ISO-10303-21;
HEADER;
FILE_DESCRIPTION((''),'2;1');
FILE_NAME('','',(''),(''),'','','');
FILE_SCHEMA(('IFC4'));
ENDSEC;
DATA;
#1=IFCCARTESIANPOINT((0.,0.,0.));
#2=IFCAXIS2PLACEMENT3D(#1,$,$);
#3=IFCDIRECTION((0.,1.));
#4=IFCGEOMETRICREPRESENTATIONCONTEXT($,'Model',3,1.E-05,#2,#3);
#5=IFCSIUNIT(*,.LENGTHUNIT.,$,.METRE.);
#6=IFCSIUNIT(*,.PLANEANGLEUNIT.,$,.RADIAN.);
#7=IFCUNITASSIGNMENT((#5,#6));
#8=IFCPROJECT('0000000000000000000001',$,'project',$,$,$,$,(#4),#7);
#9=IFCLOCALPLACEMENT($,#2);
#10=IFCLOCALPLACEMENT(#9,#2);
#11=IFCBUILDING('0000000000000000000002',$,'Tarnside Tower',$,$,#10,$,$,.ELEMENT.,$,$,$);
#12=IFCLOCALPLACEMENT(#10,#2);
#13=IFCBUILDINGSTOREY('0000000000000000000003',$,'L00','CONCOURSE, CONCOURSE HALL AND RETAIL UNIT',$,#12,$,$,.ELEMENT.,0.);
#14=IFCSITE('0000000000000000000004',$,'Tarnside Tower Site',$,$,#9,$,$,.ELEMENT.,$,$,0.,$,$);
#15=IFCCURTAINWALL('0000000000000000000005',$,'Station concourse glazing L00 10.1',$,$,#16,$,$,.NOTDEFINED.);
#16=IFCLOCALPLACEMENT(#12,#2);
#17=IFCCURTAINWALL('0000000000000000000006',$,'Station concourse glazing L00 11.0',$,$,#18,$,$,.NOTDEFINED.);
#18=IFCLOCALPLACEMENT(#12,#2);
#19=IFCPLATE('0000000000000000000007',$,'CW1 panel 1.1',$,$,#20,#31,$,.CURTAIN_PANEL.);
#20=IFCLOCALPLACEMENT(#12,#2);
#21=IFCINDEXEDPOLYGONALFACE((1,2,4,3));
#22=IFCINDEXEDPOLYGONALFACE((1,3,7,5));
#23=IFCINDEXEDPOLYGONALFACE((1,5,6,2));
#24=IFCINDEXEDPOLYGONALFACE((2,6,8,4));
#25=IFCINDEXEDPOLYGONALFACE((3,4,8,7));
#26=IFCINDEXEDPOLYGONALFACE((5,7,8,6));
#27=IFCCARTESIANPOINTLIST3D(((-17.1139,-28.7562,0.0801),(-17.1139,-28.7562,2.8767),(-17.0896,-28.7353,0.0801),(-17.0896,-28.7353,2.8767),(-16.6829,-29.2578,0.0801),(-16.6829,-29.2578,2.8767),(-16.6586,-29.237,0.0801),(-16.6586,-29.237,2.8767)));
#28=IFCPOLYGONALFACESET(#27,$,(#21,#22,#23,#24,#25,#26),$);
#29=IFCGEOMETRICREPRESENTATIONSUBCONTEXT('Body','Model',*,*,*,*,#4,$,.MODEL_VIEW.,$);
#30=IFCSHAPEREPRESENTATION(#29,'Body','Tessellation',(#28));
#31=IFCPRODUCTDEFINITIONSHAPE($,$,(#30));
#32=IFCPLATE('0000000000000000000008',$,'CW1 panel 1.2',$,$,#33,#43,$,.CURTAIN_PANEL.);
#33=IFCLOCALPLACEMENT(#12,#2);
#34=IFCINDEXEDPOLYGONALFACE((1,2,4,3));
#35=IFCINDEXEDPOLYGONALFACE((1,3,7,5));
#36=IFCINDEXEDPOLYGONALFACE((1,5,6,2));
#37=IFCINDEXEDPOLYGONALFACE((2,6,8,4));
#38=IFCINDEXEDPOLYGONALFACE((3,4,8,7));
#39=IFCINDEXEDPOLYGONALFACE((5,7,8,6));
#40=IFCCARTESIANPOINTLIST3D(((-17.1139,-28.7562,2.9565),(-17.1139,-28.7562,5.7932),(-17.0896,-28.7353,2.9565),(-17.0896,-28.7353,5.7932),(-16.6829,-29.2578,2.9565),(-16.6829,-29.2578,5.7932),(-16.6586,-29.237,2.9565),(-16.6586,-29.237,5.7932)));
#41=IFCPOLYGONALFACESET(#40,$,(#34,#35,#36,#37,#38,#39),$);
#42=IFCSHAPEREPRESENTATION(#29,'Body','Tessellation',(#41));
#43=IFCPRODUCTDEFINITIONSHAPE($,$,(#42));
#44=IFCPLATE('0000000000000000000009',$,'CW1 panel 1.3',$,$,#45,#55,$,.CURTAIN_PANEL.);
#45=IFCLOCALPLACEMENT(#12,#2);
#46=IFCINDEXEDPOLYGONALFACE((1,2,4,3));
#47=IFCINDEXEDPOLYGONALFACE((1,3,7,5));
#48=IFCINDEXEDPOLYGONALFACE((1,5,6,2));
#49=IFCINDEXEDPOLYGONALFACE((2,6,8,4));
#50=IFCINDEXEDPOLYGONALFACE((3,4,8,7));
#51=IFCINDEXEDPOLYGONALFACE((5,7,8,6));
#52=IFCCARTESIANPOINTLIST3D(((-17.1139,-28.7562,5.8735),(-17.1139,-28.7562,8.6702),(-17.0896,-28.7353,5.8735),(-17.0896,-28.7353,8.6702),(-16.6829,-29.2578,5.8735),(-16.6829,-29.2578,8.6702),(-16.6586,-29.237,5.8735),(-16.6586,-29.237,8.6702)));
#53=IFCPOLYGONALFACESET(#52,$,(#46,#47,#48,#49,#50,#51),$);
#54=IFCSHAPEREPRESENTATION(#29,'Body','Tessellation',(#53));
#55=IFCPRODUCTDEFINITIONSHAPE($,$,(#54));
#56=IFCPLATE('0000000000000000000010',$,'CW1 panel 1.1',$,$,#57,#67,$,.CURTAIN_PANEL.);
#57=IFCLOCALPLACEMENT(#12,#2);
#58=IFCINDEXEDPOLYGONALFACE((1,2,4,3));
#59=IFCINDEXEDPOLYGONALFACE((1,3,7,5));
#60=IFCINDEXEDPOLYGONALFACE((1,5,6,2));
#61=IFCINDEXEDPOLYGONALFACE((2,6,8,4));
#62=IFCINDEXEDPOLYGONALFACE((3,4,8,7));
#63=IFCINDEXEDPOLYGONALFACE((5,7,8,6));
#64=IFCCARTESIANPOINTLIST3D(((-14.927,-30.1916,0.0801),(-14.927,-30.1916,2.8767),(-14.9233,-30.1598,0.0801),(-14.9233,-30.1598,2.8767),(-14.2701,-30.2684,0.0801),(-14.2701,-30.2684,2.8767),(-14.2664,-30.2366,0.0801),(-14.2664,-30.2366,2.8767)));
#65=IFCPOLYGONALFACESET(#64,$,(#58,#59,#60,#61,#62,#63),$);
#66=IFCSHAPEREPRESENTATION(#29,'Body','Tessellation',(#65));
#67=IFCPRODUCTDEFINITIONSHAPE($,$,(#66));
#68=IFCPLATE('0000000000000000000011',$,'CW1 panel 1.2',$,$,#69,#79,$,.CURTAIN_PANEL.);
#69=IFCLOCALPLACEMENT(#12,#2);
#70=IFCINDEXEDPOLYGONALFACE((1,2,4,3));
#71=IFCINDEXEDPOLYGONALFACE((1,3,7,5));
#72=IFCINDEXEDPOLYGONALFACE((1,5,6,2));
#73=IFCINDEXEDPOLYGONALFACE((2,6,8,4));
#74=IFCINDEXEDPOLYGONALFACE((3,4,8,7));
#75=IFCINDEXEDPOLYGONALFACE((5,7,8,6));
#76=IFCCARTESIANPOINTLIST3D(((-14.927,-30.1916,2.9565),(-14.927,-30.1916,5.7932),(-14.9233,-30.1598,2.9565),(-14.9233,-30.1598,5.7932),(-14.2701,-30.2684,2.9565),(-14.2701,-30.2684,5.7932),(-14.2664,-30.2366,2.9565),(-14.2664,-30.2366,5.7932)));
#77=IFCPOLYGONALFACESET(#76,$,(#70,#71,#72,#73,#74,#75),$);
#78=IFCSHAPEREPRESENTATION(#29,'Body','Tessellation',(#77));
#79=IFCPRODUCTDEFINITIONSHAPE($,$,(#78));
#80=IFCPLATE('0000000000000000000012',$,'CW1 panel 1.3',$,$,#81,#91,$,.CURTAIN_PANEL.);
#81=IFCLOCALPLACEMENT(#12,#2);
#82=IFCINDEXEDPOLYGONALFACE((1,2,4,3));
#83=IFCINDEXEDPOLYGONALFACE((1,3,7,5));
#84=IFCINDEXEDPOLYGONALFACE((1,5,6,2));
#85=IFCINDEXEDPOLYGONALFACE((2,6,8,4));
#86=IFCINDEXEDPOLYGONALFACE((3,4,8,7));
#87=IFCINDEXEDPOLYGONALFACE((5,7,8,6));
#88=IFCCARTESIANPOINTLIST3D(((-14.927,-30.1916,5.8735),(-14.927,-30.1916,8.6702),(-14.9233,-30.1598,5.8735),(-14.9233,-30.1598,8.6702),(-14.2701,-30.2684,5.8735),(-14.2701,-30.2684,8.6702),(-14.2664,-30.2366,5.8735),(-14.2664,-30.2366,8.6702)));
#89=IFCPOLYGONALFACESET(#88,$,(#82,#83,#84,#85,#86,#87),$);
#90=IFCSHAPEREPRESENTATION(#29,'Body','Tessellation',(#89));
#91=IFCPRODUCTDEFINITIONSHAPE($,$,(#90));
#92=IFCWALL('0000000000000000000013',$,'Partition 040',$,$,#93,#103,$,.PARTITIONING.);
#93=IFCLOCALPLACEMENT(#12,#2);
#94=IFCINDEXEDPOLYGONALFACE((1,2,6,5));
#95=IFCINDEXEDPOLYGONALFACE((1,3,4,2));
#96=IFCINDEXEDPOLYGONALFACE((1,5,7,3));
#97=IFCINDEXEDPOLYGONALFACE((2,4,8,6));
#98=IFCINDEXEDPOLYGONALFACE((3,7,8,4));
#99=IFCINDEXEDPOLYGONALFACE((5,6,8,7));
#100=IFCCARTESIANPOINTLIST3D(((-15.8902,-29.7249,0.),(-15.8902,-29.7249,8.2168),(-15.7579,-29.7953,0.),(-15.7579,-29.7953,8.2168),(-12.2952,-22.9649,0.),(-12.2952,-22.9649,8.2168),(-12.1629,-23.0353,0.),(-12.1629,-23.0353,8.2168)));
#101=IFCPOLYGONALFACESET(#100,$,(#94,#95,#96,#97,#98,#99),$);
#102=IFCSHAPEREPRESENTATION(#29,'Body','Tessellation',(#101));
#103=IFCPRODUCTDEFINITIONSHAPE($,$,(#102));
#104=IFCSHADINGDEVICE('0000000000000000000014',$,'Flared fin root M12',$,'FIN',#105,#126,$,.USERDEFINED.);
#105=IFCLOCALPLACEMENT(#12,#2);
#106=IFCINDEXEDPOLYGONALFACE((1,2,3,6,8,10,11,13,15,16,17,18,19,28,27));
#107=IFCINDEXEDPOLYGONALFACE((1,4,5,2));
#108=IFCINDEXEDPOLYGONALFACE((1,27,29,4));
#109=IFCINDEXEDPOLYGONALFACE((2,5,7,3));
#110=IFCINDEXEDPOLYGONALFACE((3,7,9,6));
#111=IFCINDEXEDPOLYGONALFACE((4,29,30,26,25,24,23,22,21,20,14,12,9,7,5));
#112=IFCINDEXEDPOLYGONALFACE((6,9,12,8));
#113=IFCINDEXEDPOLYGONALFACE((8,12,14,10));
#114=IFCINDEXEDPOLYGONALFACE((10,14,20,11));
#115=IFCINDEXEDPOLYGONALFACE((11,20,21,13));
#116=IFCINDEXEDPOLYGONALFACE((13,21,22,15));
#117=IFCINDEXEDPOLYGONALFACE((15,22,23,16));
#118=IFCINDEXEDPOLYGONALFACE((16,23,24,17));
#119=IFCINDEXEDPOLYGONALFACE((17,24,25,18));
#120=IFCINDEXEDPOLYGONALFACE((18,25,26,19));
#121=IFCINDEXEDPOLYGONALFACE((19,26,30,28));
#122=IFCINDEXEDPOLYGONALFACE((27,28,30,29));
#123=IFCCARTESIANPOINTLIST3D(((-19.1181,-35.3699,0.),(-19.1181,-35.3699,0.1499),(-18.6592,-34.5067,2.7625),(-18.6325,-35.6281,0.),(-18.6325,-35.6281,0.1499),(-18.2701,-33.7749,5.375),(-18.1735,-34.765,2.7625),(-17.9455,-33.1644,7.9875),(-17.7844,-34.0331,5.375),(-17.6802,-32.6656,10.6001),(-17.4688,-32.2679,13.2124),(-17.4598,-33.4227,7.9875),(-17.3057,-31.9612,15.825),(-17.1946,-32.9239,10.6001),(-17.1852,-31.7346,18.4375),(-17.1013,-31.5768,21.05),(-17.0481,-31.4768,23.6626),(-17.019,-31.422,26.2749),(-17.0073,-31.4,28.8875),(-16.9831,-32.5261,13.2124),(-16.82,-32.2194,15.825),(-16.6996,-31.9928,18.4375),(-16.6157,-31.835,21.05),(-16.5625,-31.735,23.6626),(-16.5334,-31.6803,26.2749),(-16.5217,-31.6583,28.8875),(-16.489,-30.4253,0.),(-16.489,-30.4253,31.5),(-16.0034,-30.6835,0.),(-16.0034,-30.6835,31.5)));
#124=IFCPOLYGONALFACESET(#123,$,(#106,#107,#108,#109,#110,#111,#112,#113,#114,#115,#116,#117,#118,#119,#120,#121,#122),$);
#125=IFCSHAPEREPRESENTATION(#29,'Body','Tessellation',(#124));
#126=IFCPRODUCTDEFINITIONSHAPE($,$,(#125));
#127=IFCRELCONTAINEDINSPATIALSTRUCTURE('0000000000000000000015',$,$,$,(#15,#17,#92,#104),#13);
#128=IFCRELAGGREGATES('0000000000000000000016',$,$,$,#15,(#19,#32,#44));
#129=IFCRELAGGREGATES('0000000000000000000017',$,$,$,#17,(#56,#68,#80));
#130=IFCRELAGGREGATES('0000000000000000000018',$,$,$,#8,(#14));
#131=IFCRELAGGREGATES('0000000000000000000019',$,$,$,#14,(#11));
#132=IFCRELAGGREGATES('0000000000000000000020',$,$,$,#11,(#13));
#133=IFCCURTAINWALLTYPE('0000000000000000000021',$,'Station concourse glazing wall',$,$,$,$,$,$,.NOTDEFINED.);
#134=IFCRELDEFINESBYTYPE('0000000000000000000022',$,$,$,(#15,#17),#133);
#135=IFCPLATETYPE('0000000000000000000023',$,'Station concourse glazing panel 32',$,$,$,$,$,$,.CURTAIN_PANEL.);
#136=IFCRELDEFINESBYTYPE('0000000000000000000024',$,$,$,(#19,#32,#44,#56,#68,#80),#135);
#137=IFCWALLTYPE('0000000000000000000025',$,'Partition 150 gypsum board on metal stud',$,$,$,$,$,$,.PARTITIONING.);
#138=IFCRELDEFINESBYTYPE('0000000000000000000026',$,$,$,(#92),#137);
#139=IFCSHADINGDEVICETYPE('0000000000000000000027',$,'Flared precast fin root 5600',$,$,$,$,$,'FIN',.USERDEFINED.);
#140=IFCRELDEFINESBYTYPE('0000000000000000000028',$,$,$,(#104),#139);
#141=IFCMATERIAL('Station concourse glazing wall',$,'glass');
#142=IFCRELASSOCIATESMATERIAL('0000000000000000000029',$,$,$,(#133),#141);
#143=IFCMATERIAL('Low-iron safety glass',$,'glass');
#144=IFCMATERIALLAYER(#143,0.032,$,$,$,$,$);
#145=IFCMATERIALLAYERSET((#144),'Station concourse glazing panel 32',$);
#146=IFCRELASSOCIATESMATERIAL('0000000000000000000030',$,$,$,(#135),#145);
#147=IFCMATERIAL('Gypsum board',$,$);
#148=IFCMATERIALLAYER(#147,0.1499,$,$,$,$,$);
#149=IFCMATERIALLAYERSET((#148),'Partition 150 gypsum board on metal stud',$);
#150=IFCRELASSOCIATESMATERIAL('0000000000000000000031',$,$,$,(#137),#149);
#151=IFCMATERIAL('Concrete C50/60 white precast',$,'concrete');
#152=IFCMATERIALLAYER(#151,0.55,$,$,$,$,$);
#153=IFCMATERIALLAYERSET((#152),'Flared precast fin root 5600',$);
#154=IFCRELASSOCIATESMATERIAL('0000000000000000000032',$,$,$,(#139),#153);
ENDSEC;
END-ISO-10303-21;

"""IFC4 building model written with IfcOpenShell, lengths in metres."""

from ifc_helpers import new_model, si_unit, direction, frame, frame_2d, origin, origin_2d, place, context, subcontext, project, spatial, polyline, rectangle, outline, extrude, material, layer, layer_set, type_object, element, aggregate, save


model = new_model("IFC4")

# Units and contexts
model_context = context("Model", 3, precision=1e-05, world=origin(), true_north=direction((0.0, 1.0)))
body_context = subcontext(model_context, "Body", "Model", "MODEL_VIEW")
ifc_project = project(units=[si_unit("LENGTHUNIT", "METRE"), si_unit("PLANEANGLEUNIT", "RADIAN")], contexts=[model_context])

# Site, building, storey
site_placement = place(None, origin())
site = spatial("IfcSite", under=ifc_project, at=site_placement, Name="Tarnside Tower Site", CompositionType="ELEMENT", RefElevation=0.0)
building_placement = place(site_placement, origin())
building = spatial("IfcBuilding", under=site, at=building_placement, Name="Tarnside Tower", CompositionType="ELEMENT")
storey_placement = place(building_placement, origin())
storey = spatial("IfcBuildingStorey", under=building, at=storey_placement, Name="L00", Description="CONCOURSE, CONCOURSE HALL AND RETAIL UNIT", CompositionType="ELEMENT", Elevation=0.0)

# Shared definitions
ifc_material_1 = material(Name="Station concourse glazing wall", Category="glass")
curtain_wall_type = type_object("IfcCurtainWallType", Name="Station concourse glazing wall", PredefinedType="NOTDEFINED", material=ifc_material_1)

# Curtain walls
curtain_wall_1_placement = place(storey_placement, origin())
curtain_wall_1 = element("IfcCurtainWall", 1, at=curtain_wall_1_placement, inside=storey, type_object=curtain_wall_type, Name="Station concourse glazing L00 10.1", PredefinedType="NOTDEFINED")
curtain_wall_2_placement = place(storey_placement, origin())
curtain_wall_2 = element("IfcCurtainWall", 2, at=curtain_wall_2_placement, inside=storey, type_object=curtain_wall_type, Name="Station concourse glazing L00 11.0", PredefinedType="NOTDEFINED")

# Plates
ifc_material_2 = material(Name="Low-iron safety glass", Category="glass")
ifc_layer_1 = layer(ifc_material_2, 0.032)
ifc_layer_set_1 = layer_set([ifc_layer_1], Name="Station concourse glazing panel 32")
plate_type = type_object("IfcPlateType", Name="Station concourse glazing panel 32", PredefinedType="CURTAIN_PANEL", material=ifc_layer_set_1)
plate_1_placement = place(storey_placement, frame((-16.8862, -28.9966, 0.0801), z_axis=(0.0, 0.0, 1.0), x_axis=(0.651657, -0.758514, 0.0)))
plate_1 = element("IfcPlate", 3, at=plate_1_placement, type_object=plate_type, Name="CW1 panel 1.1", PredefinedType="CURTAIN_PANEL", context=body_context, shape_type="SweptSolid", body=[
    extrude(rectangle(XDim=0.6614, YDim=0.032, at=origin_2d()), origin(), (0.0, 0.0, 1.0), 2.7966),
])
plate_2_placement = place(storey_placement, frame((-16.8862, -28.9966, 2.9565), z_axis=(0.0, 0.0, 1.0), x_axis=(0.651657, -0.758514, 0.0)))
plate_2 = element("IfcPlate", 4, at=plate_2_placement, type_object=plate_type, Name="CW1 panel 1.2", PredefinedType="CURTAIN_PANEL", context=body_context, shape_type="SweptSolid", body=[
    extrude(rectangle(XDim=0.6614, YDim=0.032, at=origin_2d()), origin(), (0.0, 0.0, 1.0), 2.8367),
])
plate_3_placement = place(storey_placement, frame((-16.8862, -28.9966, 5.8735), z_axis=(0.0, 0.0, 1.0), x_axis=(0.651657, -0.758514, 0.0)))
plate_3 = element("IfcPlate", 5, at=plate_3_placement, type_object=plate_type, Name="CW1 panel 1.3", PredefinedType="CURTAIN_PANEL", context=body_context, shape_type="SweptSolid", body=[
    extrude(rectangle(XDim=0.6614, YDim=0.032, at=origin_2d()), origin(), (0.0, 0.0, 1.0), 2.7966),
])
aggregate(curtain_wall_1, [plate_1, plate_2, plate_3])
plate_4_placement = place(storey_placement, frame((-14.5967, -30.2141, 0.0801), z_axis=(0.0, 0.0, 1.0), x_axis=(0.993238, -0.116093, 0.0)))
plate_4 = element("IfcPlate", 6, at=plate_4_placement, type_object=plate_type, Name="CW1 panel 1.1", PredefinedType="CURTAIN_PANEL", context=body_context, shape_type="SweptSolid", body=[
    extrude(rectangle(XDim=0.6614, YDim=0.032, at=origin_2d()), origin(), (0.0, 0.0, 1.0), 2.7966),
])
plate_5_placement = place(storey_placement, frame((-14.5967, -30.2141, 2.9565), z_axis=(0.0, 0.0, 1.0), x_axis=(0.993238, -0.116093, 0.0)))
plate_5 = element("IfcPlate", 7, at=plate_5_placement, type_object=plate_type, Name="CW1 panel 1.2", PredefinedType="CURTAIN_PANEL", context=body_context, shape_type="SweptSolid", body=[
    extrude(rectangle(XDim=0.6614, YDim=0.032, at=origin_2d()), origin(), (0.0, 0.0, 1.0), 2.8367),
])
plate_6_placement = place(storey_placement, frame((-14.5967, -30.2141, 5.8735), z_axis=(0.0, 0.0, 1.0), x_axis=(0.993238, -0.116093, 0.0)))
plate_6 = element("IfcPlate", 8, at=plate_6_placement, type_object=plate_type, Name="CW1 panel 1.3", PredefinedType="CURTAIN_PANEL", context=body_context, shape_type="SweptSolid", body=[
    extrude(rectangle(XDim=0.6614, YDim=0.032, at=origin_2d()), origin(), (0.0, 0.0, 1.0), 2.7966),
])
aggregate(curtain_wall_2, [plate_4, plate_5, plate_6])

# Wall
ifc_material_3 = material(Name="Gypsum board")
ifc_layer_2 = layer(ifc_material_3, 0.1499)
ifc_layer_set_2 = layer_set([ifc_layer_2], Name="Partition 150 gypsum board on metal stud")
wall_type = type_object("IfcWallType", Name="Partition 150 gypsum board on metal stud", PredefinedType="PARTITIONING", material=ifc_layer_set_2)
wall_placement = place(storey_placement, frame((-15.824, -29.76, 0.0), z_axis=(0.0, 0.0, 1.0), x_axis=(0.469534, 0.882915, 0.0)))
element("IfcWall", 9, at=wall_placement, inside=storey, type_object=wall_type, Name="Partition 040", PredefinedType="PARTITIONING", context=body_context, shape_type="SweptSolid", body=[
    extrude(rectangle(XDim=7.6565, YDim=0.1499, at=frame_2d((3.8281, 0.0))), origin(), (0.0, 0.0, 1.0), 8.2168),
])

# Shading device
ifc_material_4 = material(Name="Concrete C50/60 white precast", Category="concrete")
ifc_layer_3 = layer(ifc_material_4, 0.55)
ifc_layer_set_3 = layer_set([ifc_layer_3], Name="Flared precast fin root 5600")
shading_device_type = type_object("IfcShadingDeviceType", Name="Flared precast fin root 5600", ElementType="FIN", PredefinedType="USERDEFINED", material=ifc_layer_set_3)
shading_device_placement = place(storey_placement, frame((-16.2461, -30.5544, 0.0), z_axis=(-0.882948, 0.469472, 0.0), x_axis=(-0.469472, -0.882948, 0.0)))
element("IfcShadingDevice", 10, at=shading_device_placement, inside=storey, type_object=shading_device_type, Name="Flared fin root M12", ObjectType="FIN", PredefinedType="USERDEFINED", context=body_context, shape_type="SweptSolid", body=[
    extrude(outline(polyline([(0.0, 0.0), (5.6001, 0.0), (5.6001, 0.1499), (4.6226, 2.7625), (3.7937, 5.375), (3.1023, 7.9875), (2.5374, 10.6001), (2.0869, 13.2124), (1.7395, 15.825), (1.4829, 18.4375), (1.3042, 21.05), (1.1909, 23.6626), (1.1289, 26.2749), (1.104, 28.8875), (0.0, 31.5), (0.0, 0.0)])), frame((0.0, 0.0, -0.2749)), (0.0, 0.0, 1.0), 0.55),
])

save(model, "model.ifc")
